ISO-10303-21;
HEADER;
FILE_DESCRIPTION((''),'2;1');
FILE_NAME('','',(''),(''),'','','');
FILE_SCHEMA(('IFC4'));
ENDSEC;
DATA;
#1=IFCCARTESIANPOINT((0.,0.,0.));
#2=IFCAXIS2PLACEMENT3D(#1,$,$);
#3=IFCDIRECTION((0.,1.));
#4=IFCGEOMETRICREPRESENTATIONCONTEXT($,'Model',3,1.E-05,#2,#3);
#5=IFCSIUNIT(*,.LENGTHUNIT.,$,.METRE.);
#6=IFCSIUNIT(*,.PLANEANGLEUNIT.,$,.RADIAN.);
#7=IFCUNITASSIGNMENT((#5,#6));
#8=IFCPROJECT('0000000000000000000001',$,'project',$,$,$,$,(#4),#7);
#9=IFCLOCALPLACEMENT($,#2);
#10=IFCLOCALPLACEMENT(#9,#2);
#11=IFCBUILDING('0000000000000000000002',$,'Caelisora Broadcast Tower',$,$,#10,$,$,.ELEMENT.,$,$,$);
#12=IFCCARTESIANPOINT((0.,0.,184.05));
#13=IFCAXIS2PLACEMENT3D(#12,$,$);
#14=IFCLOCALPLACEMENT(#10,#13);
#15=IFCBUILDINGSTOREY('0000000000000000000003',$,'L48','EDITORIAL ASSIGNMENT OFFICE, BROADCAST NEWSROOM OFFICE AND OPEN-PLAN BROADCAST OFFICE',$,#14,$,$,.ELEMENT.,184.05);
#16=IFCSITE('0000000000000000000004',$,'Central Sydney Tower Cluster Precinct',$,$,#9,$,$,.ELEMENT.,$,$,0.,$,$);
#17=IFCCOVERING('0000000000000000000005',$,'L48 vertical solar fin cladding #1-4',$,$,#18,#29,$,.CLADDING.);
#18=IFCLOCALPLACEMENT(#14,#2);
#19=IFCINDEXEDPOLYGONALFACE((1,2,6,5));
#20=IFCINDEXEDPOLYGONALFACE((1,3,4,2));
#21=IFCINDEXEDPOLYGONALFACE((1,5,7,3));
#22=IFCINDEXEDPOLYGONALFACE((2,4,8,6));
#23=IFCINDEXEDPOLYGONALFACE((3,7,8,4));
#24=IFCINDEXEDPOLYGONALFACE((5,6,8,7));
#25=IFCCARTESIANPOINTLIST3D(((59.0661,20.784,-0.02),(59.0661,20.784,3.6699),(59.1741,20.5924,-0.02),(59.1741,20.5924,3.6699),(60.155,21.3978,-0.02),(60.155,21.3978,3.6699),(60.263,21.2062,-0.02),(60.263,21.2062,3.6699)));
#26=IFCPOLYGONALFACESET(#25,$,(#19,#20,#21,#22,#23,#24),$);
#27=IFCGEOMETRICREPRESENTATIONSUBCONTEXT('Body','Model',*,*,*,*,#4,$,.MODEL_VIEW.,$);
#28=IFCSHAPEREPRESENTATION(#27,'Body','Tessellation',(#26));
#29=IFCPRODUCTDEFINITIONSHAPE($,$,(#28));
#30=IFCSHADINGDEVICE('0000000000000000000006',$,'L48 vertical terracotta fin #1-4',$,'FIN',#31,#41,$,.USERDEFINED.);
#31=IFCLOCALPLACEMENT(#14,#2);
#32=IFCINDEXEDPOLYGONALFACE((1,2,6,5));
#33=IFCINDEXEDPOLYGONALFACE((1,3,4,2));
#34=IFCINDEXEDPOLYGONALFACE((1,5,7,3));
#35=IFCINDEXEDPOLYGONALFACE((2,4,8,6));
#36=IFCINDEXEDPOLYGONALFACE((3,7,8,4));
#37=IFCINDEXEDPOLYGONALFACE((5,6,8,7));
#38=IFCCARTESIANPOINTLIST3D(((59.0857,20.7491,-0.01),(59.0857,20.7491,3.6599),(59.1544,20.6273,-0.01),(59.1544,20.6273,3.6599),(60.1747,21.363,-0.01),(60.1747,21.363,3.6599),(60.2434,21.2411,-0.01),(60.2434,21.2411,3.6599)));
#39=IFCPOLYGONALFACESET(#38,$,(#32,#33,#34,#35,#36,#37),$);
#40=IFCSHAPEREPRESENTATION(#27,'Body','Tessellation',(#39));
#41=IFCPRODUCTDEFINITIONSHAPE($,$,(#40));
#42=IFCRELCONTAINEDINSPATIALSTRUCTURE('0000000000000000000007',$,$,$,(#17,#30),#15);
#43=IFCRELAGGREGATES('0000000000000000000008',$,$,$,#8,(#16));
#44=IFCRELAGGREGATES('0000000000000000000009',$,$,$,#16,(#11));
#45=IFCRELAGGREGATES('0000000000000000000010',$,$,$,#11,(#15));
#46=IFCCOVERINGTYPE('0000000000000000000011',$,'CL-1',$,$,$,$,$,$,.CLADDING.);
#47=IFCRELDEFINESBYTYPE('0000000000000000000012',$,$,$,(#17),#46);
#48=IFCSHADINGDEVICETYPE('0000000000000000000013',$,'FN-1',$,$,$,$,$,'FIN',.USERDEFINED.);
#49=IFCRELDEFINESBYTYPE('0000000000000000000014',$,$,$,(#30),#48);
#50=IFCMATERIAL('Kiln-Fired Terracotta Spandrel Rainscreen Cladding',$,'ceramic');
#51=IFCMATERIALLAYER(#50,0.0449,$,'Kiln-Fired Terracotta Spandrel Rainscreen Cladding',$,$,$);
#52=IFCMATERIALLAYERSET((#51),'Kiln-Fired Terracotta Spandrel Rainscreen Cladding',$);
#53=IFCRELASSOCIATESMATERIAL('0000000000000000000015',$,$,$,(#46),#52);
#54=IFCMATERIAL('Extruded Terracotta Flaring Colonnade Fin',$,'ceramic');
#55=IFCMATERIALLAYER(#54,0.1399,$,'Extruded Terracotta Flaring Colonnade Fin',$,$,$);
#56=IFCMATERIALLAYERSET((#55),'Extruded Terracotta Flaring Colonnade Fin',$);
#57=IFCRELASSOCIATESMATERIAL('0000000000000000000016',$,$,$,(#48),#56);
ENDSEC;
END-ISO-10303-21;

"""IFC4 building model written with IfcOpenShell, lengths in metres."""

from ifc_helpers import new_model, si_unit, direction, frame, origin, origin_2d, place, context, subcontext, project, spatial, rectangle, extrude, source, transform, mapped, material, layer, layer_set, type_object, type_shapes, element, save


model = new_model("IFC4")

# Units and contexts
model_context = context("Model", 3, precision=1e-05, world=origin(), true_north=direction((0.0, 1.0)))
body_context = subcontext(model_context, "Body", "Model", "MODEL_VIEW")
ifc_project = project(units=[si_unit("LENGTHUNIT", "METRE"), si_unit("PLANEANGLEUNIT", "RADIAN")], contexts=[model_context])

# Site, building, storey
site_placement = place(None, origin())
site = spatial("IfcSite", under=ifc_project, at=site_placement, Name="Central Sydney Tower Cluster Precinct", CompositionType="ELEMENT", RefElevation=0.0)
building_placement = place(site_placement, origin())
building = spatial("IfcBuilding", under=site, at=building_placement, Name="Caelisora Broadcast Tower", CompositionType="ELEMENT")
storey_placement = place(building_placement, frame((0.0, 0.0, 184.05)))
storey = spatial("IfcBuildingStorey", under=building, at=storey_placement, Name="L48", Description="EDITORIAL ASSIGNMENT OFFICE, BROADCAST NEWSROOM OFFICE AND OPEN-PLAN BROADCAST OFFICE", CompositionType="ELEMENT", Elevation=184.05)

# Covering
ifc_material_1 = material(Name="Kiln-Fired Terracotta Spandrel Rainscreen Cladding", Category="ceramic")
ifc_layer_1 = layer(ifc_material_1, 0.0449, Name="Kiln-Fired Terracotta Spandrel Rainscreen Cladding")
ifc_layer_set_1 = layer_set([ifc_layer_1], Name="Kiln-Fired Terracotta Spandrel Rainscreen Cladding")
covering_type = type_object("IfcCoveringType", Name="CL-1", PredefinedType="CLADDING", material=ifc_layer_set_1)
shared_shape_1 = source(origin(), body_context, "Body", "SweptSolid", [
    extrude(rectangle(XDim=0.22, YDim=1.25, at=origin_2d()), origin(), (0.0, 0.0, 1.0), 3.6899),
])
type_shapes(covering_type, [shared_shape_1])
covering_placement = place(storey_placement, frame((59.6646, 20.9951, -0.02), z_axis=(0.0, 0.0, 1.0), x_axis=(0.491056, -0.871128, 0.0)))
element("IfcCovering", 1, at=covering_placement, inside=storey, type_object=covering_type, Name="L48 vertical solar fin cladding #1-4", PredefinedType="CLADDING", context=body_context, shape_type="MappedRepresentation", body=[
    mapped(shared_shape_1, transform((0.0, 0.0, 0.0), scale=1.0)),
])

# Shading device
ifc_material_2 = material(Name="Extruded Terracotta Flaring Colonnade Fin", Category="ceramic")
ifc_layer_2 = layer(ifc_material_2, 0.1399, Name="Extruded Terracotta Flaring Colonnade Fin")
ifc_layer_set_2 = layer_set([ifc_layer_2], Name="Extruded Terracotta Flaring Colonnade Fin")
shading_device_type = type_object("IfcShadingDeviceType", Name="FN-1", ElementType="FIN", PredefinedType="USERDEFINED", material=ifc_layer_set_2)
shared_shape_2 = source(origin(), body_context, "Body", "SweptSolid", [
    extrude(rectangle(XDim=0.1399, YDim=1.25, at=origin_2d()), origin(), (0.0, 0.0, 1.0), 3.6699),
])
type_shapes(shading_device_type, [shared_shape_2])
shading_device_placement = place(storey_placement, frame((59.6646, 20.9951, -0.01), z_axis=(0.0, 0.0, 1.0), x_axis=(0.491056, -0.871128, 0.0)))
element("IfcShadingDevice", 2, at=shading_device_placement, inside=storey, type_object=shading_device_type, Name="L48 vertical terracotta fin #1-4", ObjectType="FIN", PredefinedType="USERDEFINED", context=body_context, shape_type="MappedRepresentation", body=[
    mapped(shared_shape_2, transform((0.0, 0.0, 0.0), scale=1.0)),
])

save(model, "model.ifc")
